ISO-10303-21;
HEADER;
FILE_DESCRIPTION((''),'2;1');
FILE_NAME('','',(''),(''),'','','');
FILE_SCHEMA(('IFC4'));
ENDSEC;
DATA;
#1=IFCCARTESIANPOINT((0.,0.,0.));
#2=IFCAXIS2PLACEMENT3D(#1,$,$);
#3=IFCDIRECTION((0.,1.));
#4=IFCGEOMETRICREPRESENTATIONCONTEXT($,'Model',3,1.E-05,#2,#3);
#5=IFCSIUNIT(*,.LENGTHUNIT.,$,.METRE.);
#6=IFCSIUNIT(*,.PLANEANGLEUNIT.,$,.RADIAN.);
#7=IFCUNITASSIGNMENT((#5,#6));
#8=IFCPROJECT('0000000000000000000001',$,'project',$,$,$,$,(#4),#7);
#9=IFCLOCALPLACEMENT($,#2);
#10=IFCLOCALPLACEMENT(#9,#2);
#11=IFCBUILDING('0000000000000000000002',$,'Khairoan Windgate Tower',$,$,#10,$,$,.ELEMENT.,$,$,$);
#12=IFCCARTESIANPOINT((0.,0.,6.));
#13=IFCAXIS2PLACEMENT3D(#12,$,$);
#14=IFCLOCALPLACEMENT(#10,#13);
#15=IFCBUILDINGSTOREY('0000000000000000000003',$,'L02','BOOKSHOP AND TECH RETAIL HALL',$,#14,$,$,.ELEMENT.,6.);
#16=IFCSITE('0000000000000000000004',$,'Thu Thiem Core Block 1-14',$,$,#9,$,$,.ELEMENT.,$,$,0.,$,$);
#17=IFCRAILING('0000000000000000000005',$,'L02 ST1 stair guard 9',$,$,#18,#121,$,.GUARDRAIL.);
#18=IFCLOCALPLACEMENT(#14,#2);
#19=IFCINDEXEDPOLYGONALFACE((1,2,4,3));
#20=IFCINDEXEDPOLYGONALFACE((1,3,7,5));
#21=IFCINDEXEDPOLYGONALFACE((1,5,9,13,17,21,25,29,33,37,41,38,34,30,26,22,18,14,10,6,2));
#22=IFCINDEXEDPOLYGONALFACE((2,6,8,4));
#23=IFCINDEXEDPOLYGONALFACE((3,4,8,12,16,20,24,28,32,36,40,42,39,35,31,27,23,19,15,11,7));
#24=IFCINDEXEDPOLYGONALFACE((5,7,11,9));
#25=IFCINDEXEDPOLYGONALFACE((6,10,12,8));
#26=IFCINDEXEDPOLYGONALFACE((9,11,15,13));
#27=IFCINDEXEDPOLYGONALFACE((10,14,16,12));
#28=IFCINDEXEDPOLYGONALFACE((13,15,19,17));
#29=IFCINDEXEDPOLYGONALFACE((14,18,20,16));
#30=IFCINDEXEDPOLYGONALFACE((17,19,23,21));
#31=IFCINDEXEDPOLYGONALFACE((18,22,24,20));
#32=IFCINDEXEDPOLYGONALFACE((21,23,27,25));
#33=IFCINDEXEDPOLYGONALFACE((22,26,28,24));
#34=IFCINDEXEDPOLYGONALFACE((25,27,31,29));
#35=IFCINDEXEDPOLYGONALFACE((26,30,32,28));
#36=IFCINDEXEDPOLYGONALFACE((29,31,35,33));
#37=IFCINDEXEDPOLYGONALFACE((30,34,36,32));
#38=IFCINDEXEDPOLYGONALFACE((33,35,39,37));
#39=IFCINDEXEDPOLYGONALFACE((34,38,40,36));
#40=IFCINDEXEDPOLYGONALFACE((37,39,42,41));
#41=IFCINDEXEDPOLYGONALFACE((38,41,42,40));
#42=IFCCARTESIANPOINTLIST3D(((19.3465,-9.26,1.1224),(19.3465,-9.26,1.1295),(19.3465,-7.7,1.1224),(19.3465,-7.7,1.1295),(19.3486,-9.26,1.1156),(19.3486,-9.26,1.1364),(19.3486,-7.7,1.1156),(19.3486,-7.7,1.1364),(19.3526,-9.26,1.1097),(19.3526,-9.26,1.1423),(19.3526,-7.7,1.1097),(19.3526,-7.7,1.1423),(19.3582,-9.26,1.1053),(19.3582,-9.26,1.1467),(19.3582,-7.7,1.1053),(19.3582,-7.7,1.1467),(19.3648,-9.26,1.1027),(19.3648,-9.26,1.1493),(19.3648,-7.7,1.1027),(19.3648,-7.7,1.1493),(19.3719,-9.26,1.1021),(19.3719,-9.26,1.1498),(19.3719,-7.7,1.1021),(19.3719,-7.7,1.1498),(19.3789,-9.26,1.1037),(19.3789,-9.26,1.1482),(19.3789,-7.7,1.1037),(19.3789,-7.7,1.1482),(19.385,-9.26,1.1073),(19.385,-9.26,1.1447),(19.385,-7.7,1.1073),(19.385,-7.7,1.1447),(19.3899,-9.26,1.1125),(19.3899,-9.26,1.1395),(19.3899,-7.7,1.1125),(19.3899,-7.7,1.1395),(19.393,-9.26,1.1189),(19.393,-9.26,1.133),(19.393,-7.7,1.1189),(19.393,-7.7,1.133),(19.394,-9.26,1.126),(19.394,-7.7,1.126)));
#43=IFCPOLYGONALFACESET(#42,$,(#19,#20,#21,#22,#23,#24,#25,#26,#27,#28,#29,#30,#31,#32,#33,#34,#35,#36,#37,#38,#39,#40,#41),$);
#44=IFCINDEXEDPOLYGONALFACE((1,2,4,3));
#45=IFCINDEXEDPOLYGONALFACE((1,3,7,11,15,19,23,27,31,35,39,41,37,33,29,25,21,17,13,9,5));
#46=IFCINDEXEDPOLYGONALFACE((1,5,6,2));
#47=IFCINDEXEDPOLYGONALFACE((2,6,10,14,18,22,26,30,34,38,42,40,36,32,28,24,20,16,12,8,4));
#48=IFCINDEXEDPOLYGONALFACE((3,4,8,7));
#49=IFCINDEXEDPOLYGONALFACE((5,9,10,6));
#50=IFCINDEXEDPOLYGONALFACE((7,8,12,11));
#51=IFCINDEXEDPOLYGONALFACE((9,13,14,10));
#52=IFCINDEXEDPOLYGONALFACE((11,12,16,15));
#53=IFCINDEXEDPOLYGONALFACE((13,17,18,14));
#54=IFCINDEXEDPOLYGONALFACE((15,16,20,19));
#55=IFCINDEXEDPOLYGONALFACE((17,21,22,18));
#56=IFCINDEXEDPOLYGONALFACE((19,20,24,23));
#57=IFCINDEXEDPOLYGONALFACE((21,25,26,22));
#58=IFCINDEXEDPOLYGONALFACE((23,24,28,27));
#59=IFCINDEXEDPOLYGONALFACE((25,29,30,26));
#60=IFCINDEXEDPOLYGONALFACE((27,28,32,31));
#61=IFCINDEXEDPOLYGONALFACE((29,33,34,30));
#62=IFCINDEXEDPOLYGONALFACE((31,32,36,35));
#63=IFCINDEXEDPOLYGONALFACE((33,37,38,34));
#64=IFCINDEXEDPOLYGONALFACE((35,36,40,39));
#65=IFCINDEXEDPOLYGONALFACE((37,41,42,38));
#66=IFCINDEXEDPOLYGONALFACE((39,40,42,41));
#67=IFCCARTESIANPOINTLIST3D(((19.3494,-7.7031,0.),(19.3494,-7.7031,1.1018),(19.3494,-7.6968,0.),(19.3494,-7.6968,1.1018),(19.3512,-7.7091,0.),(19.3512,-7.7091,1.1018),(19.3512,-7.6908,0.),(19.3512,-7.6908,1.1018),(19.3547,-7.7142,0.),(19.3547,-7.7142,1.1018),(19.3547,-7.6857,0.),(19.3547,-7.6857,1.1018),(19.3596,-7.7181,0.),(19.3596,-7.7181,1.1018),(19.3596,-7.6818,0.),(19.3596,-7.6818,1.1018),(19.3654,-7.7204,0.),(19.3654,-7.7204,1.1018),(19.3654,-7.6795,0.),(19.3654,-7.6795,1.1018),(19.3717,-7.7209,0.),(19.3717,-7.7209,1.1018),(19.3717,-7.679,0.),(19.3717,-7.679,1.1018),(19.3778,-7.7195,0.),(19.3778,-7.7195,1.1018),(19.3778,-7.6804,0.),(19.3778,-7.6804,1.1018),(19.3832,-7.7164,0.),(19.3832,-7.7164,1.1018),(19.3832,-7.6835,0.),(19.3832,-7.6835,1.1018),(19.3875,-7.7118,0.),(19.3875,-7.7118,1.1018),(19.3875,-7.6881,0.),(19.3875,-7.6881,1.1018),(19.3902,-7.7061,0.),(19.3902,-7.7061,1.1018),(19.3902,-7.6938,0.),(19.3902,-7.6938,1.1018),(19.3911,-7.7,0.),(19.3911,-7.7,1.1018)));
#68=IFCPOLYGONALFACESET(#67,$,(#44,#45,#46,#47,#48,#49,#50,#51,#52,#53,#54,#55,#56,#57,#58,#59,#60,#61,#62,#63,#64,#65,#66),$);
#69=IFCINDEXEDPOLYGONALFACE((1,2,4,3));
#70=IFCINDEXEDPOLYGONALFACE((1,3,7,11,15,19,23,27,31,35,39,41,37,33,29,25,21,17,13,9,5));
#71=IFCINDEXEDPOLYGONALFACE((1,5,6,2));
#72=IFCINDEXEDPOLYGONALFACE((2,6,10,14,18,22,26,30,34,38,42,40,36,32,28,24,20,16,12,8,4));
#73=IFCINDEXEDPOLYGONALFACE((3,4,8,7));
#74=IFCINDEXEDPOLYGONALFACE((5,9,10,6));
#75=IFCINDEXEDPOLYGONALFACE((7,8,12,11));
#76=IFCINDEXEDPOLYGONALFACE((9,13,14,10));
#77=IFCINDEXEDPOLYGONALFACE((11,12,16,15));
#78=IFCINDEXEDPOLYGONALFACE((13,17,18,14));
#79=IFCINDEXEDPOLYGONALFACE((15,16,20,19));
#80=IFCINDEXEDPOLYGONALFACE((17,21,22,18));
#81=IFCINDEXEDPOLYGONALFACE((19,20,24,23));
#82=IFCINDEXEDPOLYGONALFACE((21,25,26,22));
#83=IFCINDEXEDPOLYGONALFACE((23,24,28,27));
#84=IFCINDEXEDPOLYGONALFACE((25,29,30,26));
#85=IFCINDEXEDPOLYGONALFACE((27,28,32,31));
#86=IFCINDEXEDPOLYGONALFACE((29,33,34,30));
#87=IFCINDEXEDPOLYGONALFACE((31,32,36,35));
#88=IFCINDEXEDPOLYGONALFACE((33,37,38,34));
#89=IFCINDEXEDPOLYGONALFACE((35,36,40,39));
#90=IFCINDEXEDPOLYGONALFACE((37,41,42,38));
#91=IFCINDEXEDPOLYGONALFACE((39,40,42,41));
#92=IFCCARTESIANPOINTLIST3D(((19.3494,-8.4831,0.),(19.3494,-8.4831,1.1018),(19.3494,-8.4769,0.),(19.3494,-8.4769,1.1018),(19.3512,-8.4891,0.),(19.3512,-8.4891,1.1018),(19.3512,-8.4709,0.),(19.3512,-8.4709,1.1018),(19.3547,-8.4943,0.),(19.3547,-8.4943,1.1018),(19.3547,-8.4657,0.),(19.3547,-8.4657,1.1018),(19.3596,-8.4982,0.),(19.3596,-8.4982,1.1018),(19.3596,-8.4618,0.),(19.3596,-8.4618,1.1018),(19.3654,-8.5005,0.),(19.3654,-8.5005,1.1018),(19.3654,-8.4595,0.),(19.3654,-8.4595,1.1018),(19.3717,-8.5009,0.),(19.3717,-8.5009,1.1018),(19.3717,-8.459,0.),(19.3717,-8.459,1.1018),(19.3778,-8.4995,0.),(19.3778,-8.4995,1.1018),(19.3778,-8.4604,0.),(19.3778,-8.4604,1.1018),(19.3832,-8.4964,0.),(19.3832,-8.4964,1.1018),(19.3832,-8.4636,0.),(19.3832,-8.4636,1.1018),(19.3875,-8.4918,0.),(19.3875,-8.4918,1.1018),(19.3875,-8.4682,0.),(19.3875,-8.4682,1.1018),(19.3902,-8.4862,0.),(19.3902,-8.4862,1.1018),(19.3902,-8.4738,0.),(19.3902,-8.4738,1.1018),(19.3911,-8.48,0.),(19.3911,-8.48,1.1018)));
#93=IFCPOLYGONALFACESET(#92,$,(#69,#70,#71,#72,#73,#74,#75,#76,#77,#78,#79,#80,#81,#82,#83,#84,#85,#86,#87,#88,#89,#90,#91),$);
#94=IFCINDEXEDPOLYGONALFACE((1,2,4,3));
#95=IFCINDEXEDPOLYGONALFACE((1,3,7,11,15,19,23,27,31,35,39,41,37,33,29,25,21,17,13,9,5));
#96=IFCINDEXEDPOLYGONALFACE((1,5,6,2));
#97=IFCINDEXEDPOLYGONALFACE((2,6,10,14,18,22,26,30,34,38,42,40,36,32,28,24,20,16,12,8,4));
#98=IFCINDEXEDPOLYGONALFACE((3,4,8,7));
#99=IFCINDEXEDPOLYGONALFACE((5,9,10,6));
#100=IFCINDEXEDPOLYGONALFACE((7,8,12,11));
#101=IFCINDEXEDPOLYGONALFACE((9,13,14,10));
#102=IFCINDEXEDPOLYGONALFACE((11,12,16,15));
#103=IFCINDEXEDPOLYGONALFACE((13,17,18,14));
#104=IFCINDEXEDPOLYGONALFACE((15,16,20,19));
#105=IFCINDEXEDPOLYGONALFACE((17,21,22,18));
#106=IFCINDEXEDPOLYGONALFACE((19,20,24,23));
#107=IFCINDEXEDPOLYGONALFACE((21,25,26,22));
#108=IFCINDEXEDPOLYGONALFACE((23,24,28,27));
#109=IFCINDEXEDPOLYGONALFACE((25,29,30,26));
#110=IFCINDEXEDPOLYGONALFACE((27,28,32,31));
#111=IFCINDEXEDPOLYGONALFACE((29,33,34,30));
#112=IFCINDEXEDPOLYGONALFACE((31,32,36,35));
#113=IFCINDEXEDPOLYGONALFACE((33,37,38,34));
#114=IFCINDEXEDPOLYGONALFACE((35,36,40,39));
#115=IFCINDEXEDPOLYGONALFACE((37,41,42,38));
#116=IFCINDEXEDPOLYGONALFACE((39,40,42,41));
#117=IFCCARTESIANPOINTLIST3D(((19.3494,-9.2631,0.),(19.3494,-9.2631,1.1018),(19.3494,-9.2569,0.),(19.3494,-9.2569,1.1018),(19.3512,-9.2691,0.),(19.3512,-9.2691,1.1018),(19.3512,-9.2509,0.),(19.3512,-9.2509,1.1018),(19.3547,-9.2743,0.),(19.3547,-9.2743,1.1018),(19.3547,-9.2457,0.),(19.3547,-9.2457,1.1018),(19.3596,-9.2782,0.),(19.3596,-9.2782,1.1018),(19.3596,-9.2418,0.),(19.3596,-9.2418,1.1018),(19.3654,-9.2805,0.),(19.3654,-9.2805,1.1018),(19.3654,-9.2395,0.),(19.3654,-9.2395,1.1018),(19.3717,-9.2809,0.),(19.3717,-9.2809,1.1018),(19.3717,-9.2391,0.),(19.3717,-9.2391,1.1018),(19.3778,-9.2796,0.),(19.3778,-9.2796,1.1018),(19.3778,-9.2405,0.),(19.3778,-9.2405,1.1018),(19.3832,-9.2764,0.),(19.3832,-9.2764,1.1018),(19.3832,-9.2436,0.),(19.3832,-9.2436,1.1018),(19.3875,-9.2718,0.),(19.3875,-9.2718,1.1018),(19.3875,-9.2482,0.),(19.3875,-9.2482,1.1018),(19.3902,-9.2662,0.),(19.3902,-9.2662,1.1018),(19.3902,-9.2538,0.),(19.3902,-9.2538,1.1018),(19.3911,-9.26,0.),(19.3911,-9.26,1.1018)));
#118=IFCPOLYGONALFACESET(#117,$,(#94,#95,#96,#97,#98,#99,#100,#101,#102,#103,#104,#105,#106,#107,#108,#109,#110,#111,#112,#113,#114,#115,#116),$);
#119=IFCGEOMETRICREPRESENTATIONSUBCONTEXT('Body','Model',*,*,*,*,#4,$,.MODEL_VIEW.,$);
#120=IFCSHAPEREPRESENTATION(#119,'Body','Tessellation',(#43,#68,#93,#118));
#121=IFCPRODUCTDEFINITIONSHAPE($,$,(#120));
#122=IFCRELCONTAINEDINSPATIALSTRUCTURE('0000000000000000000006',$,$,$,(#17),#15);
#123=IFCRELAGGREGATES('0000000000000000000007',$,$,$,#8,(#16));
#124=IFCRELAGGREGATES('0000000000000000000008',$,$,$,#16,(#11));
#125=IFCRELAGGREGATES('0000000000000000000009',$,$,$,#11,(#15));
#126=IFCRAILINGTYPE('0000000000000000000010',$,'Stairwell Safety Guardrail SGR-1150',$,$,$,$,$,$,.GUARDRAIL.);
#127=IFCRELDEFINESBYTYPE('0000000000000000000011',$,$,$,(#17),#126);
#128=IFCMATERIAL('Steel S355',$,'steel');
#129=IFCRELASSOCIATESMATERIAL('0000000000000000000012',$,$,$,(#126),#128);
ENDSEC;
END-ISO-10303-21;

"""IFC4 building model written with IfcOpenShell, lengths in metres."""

from ifc_helpers import new_model, si_unit, direction, frame, origin, origin_2d, place, context, subcontext, project, spatial, circle, extrude, material, type_object, element, save


model = new_model("IFC4")

# Units and contexts
model_context = context("Model", 3, precision=1e-05, world=origin(), true_north=direction((0.0, 1.0)))
body_context = subcontext(model_context, "Body", "Model", "MODEL_VIEW")
ifc_project = project(units=[si_unit("LENGTHUNIT", "METRE"), si_unit("PLANEANGLEUNIT", "RADIAN")], contexts=[model_context])

# Site, building, storey
site_placement = place(None, origin())
site = spatial("IfcSite", under=ifc_project, at=site_placement, Name="Thu Thiem Core Block 1-14", CompositionType="ELEMENT", RefElevation=0.0)
building_placement = place(site_placement, origin())
building = spatial("IfcBuilding", under=site, at=building_placement, Name="Khairoan Windgate Tower", CompositionType="ELEMENT")
storey_placement = place(building_placement, frame((0.0, 0.0, 6.0)))
storey = spatial("IfcBuildingStorey", under=building, at=storey_placement, Name="L02", Description="BOOKSHOP AND TECH RETAIL HALL", CompositionType="ELEMENT", Elevation=6.0)

# Railing
ifc_material_1 = material(Name="Steel S355", Category="steel")
railing_type_1 = type_object("IfcRailingType", Name="Stairwell Safety Guardrail SGR-1150", PredefinedType="GUARDRAIL", material=ifc_material_1)
for number, where, name in (
    (1, (19.3701, -7.7, 0.0), "L02 ST1 stair guard 9"),
):
    element("IfcRailing", number, at=place(storey_placement, frame(where)), inside=storey, type_object=railing_type_1, Name=name, PredefinedType="GUARDRAIL", context=body_context, shape_type="SweptSolid", body=[
        extrude(circle(Radius=0.0239, at=origin_2d()), frame((0.0, 0.0, 1.126), z_axis=(0.0, -1.0, 0.0), x_axis=(1.0, 0.0, 0.0)), (0.0, 0.0, 1.0), 1.5601),
        extrude(circle(Radius=0.021, at=origin_2d()), origin(), (0.0, 0.0, 1.0), 1.1018),
        extrude(circle(Radius=0.021, at=origin_2d()), frame((0.0, -0.78, 0.0)), (0.0, 0.0, 1.0), 1.1018),
        extrude(circle(Radius=0.021, at=origin_2d()), frame((0.0, -1.5601, 0.0)), (0.0, 0.0, 1.0), 1.1018),
    ])

save(model, "model.ifc")
